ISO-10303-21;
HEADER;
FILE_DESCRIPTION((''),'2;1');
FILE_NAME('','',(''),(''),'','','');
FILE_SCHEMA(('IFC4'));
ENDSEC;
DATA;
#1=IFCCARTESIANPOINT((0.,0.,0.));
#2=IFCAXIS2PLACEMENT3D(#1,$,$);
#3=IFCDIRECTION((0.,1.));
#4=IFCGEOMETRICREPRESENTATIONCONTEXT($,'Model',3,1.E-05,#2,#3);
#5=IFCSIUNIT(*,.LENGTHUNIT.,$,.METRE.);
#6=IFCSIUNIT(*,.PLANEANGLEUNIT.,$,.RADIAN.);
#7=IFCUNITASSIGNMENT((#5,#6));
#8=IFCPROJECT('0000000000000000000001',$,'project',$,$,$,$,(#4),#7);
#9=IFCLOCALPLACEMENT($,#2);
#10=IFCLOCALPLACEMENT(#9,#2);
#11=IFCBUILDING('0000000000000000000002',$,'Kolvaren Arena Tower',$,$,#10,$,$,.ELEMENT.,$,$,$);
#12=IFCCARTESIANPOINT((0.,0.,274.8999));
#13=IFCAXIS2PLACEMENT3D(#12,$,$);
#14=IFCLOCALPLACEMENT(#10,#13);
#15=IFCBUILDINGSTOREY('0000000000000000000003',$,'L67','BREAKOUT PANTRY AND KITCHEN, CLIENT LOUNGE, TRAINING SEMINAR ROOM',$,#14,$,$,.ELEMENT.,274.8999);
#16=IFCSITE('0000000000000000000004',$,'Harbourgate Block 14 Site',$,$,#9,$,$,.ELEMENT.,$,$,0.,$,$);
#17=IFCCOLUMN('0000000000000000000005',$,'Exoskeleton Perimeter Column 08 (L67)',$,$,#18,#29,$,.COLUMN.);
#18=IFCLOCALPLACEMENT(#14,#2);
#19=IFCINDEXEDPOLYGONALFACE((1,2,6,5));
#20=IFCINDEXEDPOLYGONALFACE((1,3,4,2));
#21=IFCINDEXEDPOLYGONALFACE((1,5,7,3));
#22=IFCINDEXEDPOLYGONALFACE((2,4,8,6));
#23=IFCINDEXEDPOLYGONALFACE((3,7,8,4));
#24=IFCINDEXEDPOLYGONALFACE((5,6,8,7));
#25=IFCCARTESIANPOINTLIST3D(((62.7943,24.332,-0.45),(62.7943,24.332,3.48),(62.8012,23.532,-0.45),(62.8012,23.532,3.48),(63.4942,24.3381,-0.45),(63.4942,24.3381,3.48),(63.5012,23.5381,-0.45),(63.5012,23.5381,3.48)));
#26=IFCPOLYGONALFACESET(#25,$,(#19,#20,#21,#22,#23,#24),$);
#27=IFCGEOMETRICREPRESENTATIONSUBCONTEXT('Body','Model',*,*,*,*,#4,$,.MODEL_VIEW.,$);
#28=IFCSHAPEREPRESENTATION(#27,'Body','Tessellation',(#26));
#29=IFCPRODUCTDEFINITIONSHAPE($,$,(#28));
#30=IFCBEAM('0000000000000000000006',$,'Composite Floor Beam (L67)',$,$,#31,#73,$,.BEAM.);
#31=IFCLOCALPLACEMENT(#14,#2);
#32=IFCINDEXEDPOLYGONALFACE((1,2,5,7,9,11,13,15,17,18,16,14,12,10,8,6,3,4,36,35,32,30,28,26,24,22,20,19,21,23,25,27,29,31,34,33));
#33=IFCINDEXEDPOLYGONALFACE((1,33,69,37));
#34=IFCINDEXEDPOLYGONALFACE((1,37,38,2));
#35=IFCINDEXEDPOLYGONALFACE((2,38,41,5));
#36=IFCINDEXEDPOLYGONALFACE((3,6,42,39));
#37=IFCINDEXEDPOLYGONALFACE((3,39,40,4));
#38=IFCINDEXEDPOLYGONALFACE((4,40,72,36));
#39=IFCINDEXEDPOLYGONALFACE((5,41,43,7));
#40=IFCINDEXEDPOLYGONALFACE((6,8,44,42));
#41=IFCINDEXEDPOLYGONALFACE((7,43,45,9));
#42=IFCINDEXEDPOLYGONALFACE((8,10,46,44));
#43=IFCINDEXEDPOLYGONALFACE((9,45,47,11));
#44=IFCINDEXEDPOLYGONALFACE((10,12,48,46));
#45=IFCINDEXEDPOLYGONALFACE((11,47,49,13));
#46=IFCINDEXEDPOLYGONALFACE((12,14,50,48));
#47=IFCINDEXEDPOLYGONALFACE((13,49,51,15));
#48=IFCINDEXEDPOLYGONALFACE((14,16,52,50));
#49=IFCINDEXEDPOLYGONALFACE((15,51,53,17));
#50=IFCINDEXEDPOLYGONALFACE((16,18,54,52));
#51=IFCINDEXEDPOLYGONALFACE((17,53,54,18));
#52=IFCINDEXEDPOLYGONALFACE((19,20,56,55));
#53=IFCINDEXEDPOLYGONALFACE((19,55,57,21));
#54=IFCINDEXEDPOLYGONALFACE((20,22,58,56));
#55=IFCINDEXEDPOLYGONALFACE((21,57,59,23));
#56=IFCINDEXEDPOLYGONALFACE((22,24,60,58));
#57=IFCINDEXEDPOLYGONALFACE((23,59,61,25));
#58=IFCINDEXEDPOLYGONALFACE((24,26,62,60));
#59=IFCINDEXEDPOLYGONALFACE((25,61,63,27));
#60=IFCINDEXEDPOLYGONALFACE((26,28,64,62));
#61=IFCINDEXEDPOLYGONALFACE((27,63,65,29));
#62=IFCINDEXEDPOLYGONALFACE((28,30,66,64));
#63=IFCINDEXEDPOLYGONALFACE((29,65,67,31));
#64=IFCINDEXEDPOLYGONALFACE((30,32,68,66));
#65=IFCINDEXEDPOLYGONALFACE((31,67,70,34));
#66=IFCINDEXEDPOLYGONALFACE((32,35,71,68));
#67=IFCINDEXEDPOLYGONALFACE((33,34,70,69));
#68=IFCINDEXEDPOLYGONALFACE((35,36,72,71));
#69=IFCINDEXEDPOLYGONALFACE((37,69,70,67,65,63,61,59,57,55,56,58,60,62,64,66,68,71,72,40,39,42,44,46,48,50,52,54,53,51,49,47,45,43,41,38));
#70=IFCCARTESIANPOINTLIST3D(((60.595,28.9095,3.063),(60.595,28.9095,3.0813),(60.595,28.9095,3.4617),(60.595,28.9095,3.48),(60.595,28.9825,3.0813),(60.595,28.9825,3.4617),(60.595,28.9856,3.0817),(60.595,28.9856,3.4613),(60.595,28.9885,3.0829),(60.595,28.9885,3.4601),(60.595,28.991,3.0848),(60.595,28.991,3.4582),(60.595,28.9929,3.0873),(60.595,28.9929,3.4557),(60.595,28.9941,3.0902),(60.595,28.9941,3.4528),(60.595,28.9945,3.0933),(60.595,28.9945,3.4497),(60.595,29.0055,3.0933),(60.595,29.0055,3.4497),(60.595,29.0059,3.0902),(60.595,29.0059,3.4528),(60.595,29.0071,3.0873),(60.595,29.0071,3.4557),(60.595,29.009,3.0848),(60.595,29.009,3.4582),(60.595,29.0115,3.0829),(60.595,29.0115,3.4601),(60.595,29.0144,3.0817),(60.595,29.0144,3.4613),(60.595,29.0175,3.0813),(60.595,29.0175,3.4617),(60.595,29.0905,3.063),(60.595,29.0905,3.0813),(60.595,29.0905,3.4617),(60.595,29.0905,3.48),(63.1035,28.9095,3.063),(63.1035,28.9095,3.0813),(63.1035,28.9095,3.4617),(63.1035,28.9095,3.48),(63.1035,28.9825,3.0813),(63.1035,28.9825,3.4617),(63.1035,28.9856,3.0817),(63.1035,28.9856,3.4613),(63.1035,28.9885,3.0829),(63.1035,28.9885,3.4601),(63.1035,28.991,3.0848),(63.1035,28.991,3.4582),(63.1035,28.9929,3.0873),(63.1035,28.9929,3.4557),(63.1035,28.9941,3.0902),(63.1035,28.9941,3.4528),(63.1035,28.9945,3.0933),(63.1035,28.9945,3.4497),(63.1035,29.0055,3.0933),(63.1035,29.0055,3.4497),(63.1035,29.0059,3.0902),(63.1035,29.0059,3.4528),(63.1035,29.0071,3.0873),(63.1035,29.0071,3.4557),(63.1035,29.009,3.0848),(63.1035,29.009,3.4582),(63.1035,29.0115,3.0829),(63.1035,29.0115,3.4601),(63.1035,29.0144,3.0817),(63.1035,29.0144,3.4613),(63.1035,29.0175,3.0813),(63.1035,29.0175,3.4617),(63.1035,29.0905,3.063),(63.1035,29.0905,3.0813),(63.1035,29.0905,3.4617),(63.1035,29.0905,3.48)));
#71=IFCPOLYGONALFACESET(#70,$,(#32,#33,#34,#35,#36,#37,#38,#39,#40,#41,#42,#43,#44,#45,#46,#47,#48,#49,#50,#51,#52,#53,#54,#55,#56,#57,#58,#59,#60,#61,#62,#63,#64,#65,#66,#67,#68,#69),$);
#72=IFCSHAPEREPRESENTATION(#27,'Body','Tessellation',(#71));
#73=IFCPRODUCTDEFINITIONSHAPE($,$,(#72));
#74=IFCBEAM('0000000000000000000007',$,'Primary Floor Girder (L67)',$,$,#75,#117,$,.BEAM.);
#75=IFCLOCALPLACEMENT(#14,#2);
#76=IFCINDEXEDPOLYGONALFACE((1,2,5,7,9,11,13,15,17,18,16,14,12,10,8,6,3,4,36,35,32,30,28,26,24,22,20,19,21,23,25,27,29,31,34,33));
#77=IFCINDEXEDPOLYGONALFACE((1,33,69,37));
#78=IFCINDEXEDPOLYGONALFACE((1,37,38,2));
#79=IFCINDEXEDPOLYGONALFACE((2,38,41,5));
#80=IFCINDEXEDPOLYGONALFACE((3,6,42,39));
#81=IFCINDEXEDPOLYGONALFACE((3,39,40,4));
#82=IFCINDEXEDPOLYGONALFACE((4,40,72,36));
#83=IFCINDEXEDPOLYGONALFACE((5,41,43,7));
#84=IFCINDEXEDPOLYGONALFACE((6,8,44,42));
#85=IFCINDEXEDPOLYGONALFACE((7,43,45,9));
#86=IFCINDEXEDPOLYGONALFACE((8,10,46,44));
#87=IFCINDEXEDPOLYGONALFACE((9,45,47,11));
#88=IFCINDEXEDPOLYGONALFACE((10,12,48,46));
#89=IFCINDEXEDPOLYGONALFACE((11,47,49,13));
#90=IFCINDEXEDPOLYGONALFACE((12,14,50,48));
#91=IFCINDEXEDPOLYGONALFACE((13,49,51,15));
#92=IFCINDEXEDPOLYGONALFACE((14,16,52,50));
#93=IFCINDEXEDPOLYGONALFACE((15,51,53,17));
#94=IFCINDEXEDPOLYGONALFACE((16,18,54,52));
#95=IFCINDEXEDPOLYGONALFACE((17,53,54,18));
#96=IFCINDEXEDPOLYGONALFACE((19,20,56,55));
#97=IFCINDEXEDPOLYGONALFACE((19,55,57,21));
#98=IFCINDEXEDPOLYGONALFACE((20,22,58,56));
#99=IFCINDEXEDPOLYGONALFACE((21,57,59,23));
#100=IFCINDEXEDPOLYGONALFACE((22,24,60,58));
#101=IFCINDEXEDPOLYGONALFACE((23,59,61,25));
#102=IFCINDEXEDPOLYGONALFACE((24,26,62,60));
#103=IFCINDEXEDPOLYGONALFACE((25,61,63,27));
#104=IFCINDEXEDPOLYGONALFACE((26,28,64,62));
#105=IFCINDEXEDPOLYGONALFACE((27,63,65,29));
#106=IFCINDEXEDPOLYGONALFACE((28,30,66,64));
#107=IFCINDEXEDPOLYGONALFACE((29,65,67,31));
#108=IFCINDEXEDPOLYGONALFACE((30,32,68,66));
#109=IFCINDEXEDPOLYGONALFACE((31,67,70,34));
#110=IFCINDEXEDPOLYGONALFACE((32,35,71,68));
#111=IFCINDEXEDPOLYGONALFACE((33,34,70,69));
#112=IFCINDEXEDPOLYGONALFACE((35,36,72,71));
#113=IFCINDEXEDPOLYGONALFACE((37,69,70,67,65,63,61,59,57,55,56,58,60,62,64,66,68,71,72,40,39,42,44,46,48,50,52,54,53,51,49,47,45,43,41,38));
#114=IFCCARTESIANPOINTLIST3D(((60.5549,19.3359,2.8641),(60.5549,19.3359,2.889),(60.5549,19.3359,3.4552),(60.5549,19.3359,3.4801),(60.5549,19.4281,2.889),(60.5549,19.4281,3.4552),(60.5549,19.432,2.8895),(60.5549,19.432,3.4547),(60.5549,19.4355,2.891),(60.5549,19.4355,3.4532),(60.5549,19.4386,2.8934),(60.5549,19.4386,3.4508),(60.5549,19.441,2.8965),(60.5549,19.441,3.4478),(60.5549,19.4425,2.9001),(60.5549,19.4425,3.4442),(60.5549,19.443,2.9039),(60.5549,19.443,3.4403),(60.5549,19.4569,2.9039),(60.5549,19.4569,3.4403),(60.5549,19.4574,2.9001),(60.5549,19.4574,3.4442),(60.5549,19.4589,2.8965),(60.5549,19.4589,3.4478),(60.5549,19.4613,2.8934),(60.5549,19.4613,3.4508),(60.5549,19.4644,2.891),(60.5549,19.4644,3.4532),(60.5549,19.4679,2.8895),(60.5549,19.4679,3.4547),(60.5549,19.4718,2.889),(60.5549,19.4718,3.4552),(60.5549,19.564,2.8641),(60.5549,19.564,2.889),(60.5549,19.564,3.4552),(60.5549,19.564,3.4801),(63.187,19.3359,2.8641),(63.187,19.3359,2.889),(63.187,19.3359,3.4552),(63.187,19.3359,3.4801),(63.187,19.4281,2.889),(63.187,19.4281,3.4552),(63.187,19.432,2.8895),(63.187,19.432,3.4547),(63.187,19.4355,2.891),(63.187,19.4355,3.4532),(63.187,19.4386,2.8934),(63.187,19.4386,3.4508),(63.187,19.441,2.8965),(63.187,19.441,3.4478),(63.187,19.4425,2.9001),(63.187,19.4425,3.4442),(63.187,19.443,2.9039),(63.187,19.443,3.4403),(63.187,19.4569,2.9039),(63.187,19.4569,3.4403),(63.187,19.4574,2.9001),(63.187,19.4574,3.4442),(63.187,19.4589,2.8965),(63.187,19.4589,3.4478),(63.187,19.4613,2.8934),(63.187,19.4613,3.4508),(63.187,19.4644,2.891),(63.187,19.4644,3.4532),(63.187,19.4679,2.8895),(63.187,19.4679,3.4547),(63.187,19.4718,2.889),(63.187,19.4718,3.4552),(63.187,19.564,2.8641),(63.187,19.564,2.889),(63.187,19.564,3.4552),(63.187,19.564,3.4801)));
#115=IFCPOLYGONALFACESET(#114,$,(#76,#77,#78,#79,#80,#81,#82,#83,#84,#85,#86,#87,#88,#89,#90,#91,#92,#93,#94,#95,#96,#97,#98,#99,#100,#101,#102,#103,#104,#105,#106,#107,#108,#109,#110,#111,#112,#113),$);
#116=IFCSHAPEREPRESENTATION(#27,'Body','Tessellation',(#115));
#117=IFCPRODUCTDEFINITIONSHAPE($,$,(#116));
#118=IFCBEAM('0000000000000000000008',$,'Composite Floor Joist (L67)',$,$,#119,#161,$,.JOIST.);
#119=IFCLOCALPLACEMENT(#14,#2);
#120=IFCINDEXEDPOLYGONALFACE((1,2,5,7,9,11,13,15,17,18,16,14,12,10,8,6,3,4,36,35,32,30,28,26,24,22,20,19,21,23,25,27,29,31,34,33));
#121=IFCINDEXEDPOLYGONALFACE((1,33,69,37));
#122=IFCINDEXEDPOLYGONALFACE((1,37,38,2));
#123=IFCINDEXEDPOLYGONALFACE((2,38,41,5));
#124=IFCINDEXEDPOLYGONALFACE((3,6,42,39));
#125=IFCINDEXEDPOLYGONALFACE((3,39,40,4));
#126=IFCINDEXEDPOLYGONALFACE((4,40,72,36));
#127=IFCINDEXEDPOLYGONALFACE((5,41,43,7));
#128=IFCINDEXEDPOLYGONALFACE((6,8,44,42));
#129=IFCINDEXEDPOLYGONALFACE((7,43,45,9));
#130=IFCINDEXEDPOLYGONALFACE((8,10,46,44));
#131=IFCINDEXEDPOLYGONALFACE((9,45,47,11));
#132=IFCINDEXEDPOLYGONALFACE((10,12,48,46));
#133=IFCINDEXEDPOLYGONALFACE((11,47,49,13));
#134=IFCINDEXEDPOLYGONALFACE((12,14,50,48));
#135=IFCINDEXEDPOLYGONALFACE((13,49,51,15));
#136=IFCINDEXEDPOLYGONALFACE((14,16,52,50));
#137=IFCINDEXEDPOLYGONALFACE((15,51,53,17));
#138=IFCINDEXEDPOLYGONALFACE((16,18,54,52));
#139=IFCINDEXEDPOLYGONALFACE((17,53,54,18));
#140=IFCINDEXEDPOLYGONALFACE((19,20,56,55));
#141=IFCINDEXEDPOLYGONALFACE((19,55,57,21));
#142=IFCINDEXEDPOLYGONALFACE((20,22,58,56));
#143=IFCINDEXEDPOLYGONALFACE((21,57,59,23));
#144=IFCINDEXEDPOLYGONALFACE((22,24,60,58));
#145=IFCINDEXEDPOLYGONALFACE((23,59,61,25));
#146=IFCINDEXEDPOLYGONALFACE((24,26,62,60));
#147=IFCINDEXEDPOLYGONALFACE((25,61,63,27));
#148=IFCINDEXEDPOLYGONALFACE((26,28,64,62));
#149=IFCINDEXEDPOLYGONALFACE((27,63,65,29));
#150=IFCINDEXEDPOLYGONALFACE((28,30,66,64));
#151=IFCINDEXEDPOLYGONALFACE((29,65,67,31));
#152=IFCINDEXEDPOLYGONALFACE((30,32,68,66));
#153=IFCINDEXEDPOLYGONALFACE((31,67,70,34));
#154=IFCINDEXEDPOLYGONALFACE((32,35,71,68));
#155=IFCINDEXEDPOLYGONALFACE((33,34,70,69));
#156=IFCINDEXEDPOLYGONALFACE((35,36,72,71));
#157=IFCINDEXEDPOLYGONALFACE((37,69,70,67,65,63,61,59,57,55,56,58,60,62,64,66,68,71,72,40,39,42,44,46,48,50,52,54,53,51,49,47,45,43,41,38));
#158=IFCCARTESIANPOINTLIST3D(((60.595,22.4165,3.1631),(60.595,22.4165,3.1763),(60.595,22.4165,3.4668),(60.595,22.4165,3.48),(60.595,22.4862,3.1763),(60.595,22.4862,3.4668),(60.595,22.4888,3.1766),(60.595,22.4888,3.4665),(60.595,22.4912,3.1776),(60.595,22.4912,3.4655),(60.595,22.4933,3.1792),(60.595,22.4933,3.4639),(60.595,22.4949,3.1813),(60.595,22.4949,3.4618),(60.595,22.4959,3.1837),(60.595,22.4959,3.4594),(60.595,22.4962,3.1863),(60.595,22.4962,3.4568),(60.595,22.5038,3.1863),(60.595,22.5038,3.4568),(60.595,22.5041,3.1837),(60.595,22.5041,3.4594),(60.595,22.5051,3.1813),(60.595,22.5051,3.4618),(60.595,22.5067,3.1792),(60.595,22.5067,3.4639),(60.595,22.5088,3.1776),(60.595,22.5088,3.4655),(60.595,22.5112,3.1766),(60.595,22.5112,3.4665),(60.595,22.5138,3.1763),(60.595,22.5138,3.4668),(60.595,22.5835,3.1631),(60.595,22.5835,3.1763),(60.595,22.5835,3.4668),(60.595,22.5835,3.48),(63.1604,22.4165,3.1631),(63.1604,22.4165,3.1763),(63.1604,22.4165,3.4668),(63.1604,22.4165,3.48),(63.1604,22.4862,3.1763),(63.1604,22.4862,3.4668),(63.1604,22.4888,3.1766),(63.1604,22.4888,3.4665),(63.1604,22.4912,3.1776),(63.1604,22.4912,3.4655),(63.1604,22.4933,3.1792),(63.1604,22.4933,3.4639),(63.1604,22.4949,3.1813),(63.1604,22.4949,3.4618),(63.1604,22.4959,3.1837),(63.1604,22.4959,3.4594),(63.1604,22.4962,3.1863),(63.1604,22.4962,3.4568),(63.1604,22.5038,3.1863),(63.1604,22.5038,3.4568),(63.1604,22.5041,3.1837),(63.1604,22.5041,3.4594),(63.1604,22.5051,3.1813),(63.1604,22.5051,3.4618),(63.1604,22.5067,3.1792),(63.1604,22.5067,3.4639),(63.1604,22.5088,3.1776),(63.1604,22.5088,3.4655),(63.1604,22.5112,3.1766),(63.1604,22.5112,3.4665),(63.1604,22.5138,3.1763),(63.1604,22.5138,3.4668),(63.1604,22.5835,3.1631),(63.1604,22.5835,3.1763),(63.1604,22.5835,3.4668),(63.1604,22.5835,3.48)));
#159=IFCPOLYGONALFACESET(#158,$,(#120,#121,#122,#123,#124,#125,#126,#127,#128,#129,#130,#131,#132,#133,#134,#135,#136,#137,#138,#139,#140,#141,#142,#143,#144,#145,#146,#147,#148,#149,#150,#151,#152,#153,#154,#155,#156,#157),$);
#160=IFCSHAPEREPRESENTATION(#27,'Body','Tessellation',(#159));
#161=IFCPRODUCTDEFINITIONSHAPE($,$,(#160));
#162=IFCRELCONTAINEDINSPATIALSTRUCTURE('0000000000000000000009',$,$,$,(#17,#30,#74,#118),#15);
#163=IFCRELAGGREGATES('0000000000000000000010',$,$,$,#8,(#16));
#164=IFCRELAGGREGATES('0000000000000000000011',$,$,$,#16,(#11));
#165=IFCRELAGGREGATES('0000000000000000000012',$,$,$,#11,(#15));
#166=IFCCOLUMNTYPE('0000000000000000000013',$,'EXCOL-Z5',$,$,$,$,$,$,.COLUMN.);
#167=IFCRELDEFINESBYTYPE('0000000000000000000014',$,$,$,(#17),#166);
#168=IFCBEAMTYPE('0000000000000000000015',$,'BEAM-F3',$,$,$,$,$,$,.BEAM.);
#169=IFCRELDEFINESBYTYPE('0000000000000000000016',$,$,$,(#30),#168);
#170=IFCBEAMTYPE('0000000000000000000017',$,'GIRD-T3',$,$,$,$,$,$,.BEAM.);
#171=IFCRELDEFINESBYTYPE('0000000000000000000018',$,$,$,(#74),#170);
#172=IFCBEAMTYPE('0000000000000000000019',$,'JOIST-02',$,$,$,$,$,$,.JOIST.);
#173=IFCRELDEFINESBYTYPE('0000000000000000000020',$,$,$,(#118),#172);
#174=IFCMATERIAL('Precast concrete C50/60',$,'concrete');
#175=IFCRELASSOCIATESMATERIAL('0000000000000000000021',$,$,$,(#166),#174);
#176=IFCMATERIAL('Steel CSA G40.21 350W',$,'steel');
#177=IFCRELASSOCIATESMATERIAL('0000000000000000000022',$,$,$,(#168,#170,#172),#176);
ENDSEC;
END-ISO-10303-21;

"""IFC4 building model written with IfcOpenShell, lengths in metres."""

from ifc_helpers import new_model, si_unit, direction, frame, origin, origin_2d, place, context, subcontext, project, spatial, rectangle, i_section, extrude, material, material_profile, profile_set, type_object, element, save


model = new_model("IFC4")

# Units and contexts
model_context = context("Model", 3, precision=1e-05, world=origin(), true_north=direction((0.0, 1.0)))
body_context = subcontext(model_context, "Body", "Model", "MODEL_VIEW")
ifc_project = project(units=[si_unit("LENGTHUNIT", "METRE"), si_unit("PLANEANGLEUNIT", "RADIAN")], contexts=[model_context])

# Site, building, storey
site_placement = place(None, origin())
site = spatial("IfcSite", under=ifc_project, at=site_placement, Name="Harbourgate Block 14 Site", CompositionType="ELEMENT", RefElevation=0.0)
building_placement = place(site_placement, origin())
building = spatial("IfcBuilding", under=site, at=building_placement, Name="Kolvaren Arena Tower", CompositionType="ELEMENT")
storey_placement = place(building_placement, frame((0.0, 0.0, 274.8999)))
storey = spatial("IfcBuildingStorey", under=building, at=storey_placement, Name="L67", Description="BREAKOUT PANTRY AND KITCHEN, CLIENT LOUNGE, TRAINING SEMINAR ROOM", CompositionType="ELEMENT", Elevation=274.8999)

# Column
ifc_material_1 = material(Name="Precast concrete C50/60", Category="concrete")
ifc_material_profile_1 = material_profile(ifc_material_1, rectangle(XDim=0.8, YDim=0.7, at=origin_2d()), Name="RC-800x700")
ifc_profile_set_1 = profile_set([ifc_material_profile_1], Name="Precast concrete C50/60")
column_type = type_object("IfcColumnType", Name="EXCOL-Z5", PredefinedType="COLUMN", material=ifc_profile_set_1)
column_placement = place(storey_placement, frame((63.1477, 23.9351, -0.45), z_axis=(0.0, 0.0, 1.0), x_axis=(-0.008727, 0.999962, 0.0)))
element("IfcColumn", 1, at=column_placement, inside=storey, type_object=column_type, Name="Exoskeleton Perimeter Column 08 (L67)", PredefinedType="COLUMN", context=body_context, shape_type="SweptSolid", body=[
    extrude(rectangle(XDim=0.8, YDim=0.7, at=origin_2d()), origin(), (0.0, 0.0, 1.0), 3.9299),
])

# Beams
ifc_material_2 = material(Name="Steel CSA G40.21 350W", Category="steel")
ifc_material_profile_2 = material_profile(ifc_material_2, i_section(OverallWidth=0.1809, OverallDepth=0.417, WebThickness=0.011, FlangeThickness=0.0183, FilletRadius=0.012, at=origin_2d()), Name="W410x85")
ifc_profile_set_2 = profile_set([ifc_material_profile_2], Name="Steel CSA G40.21 350W")
beam_type_1 = type_object("IfcBeamType", Name="BEAM-F3", PredefinedType="BEAM", material=ifc_profile_set_2)
beam_1_placement = place(storey_placement, frame((60.595, 29.0, 3.2715), z_axis=(1.0, 0.0, 0.0), x_axis=(0.0, 1.0, 0.0)))
element("IfcBeam", 2, at=beam_1_placement, inside=storey, type_object=beam_type_1, Name="Composite Floor Beam (L67)", PredefinedType="BEAM", context=body_context, shape_type="SweptSolid", body=[
    extrude(i_section(OverallWidth=0.1809, OverallDepth=0.417, WebThickness=0.011, FlangeThickness=0.0183, FilletRadius=0.012, at=origin_2d()), origin(), (0.0, 0.0, 1.0), 2.5085),
])
ifc_material_profile_3 = material_profile(ifc_material_2, i_section(OverallWidth=0.228, OverallDepth=0.616, WebThickness=0.0139, FlangeThickness=0.0249, FilletRadius=0.0149, at=origin_2d()), Name="W610x174")
ifc_profile_set_3 = profile_set([ifc_material_profile_3], Name="Steel CSA G40.21 350W")
beam_type_2 = type_object("IfcBeamType", Name="GIRD-T3", PredefinedType="BEAM", material=ifc_profile_set_3)
beam_2_placement = place(storey_placement, frame((60.5549, 19.45, 3.1721), z_axis=(1.0, 0.0, 0.0), x_axis=(0.0, 1.0, 0.0)))
element("IfcBeam", 3, at=beam_2_placement, inside=storey, type_object=beam_type_2, Name="Primary Floor Girder (L67)", PredefinedType="BEAM", context=body_context, shape_type="SweptSolid", body=[
    extrude(i_section(OverallWidth=0.228, OverallDepth=0.616, WebThickness=0.0139, FlangeThickness=0.0249, FilletRadius=0.0149, at=origin_2d()), origin(), (0.0, 0.0, 1.0), 2.6321),
])
ifc_material_profile_4 = material_profile(ifc_material_2, i_section(OverallWidth=0.167, OverallDepth=0.3169, WebThickness=0.0076, FlangeThickness=0.0132, FilletRadius=0.01, at=origin_2d()), Name="W310x52")
ifc_profile_set_4 = profile_set([ifc_material_profile_4], Name="Steel CSA G40.21 350W")
beam_type_3 = type_object("IfcBeamType", Name="JOIST-02", PredefinedType="JOIST", material=ifc_profile_set_4)
beam_3_placement = place(storey_placement, frame((60.595, 22.5, 3.3215), z_axis=(1.0, 0.0, 0.0), x_axis=(0.0, 1.0, 0.0)))
element("IfcBeam", 4, at=beam_3_placement, inside=storey, type_object=beam_type_3, Name="Composite Floor Joist (L67)", PredefinedType="JOIST", context=body_context, shape_type="SweptSolid", body=[
    extrude(i_section(OverallWidth=0.167, OverallDepth=0.3169, WebThickness=0.0076, FlangeThickness=0.0132, FilletRadius=0.01, at=origin_2d()), origin(), (0.0, 0.0, 1.0), 2.5654),
])

save(model, "model.ifc")
